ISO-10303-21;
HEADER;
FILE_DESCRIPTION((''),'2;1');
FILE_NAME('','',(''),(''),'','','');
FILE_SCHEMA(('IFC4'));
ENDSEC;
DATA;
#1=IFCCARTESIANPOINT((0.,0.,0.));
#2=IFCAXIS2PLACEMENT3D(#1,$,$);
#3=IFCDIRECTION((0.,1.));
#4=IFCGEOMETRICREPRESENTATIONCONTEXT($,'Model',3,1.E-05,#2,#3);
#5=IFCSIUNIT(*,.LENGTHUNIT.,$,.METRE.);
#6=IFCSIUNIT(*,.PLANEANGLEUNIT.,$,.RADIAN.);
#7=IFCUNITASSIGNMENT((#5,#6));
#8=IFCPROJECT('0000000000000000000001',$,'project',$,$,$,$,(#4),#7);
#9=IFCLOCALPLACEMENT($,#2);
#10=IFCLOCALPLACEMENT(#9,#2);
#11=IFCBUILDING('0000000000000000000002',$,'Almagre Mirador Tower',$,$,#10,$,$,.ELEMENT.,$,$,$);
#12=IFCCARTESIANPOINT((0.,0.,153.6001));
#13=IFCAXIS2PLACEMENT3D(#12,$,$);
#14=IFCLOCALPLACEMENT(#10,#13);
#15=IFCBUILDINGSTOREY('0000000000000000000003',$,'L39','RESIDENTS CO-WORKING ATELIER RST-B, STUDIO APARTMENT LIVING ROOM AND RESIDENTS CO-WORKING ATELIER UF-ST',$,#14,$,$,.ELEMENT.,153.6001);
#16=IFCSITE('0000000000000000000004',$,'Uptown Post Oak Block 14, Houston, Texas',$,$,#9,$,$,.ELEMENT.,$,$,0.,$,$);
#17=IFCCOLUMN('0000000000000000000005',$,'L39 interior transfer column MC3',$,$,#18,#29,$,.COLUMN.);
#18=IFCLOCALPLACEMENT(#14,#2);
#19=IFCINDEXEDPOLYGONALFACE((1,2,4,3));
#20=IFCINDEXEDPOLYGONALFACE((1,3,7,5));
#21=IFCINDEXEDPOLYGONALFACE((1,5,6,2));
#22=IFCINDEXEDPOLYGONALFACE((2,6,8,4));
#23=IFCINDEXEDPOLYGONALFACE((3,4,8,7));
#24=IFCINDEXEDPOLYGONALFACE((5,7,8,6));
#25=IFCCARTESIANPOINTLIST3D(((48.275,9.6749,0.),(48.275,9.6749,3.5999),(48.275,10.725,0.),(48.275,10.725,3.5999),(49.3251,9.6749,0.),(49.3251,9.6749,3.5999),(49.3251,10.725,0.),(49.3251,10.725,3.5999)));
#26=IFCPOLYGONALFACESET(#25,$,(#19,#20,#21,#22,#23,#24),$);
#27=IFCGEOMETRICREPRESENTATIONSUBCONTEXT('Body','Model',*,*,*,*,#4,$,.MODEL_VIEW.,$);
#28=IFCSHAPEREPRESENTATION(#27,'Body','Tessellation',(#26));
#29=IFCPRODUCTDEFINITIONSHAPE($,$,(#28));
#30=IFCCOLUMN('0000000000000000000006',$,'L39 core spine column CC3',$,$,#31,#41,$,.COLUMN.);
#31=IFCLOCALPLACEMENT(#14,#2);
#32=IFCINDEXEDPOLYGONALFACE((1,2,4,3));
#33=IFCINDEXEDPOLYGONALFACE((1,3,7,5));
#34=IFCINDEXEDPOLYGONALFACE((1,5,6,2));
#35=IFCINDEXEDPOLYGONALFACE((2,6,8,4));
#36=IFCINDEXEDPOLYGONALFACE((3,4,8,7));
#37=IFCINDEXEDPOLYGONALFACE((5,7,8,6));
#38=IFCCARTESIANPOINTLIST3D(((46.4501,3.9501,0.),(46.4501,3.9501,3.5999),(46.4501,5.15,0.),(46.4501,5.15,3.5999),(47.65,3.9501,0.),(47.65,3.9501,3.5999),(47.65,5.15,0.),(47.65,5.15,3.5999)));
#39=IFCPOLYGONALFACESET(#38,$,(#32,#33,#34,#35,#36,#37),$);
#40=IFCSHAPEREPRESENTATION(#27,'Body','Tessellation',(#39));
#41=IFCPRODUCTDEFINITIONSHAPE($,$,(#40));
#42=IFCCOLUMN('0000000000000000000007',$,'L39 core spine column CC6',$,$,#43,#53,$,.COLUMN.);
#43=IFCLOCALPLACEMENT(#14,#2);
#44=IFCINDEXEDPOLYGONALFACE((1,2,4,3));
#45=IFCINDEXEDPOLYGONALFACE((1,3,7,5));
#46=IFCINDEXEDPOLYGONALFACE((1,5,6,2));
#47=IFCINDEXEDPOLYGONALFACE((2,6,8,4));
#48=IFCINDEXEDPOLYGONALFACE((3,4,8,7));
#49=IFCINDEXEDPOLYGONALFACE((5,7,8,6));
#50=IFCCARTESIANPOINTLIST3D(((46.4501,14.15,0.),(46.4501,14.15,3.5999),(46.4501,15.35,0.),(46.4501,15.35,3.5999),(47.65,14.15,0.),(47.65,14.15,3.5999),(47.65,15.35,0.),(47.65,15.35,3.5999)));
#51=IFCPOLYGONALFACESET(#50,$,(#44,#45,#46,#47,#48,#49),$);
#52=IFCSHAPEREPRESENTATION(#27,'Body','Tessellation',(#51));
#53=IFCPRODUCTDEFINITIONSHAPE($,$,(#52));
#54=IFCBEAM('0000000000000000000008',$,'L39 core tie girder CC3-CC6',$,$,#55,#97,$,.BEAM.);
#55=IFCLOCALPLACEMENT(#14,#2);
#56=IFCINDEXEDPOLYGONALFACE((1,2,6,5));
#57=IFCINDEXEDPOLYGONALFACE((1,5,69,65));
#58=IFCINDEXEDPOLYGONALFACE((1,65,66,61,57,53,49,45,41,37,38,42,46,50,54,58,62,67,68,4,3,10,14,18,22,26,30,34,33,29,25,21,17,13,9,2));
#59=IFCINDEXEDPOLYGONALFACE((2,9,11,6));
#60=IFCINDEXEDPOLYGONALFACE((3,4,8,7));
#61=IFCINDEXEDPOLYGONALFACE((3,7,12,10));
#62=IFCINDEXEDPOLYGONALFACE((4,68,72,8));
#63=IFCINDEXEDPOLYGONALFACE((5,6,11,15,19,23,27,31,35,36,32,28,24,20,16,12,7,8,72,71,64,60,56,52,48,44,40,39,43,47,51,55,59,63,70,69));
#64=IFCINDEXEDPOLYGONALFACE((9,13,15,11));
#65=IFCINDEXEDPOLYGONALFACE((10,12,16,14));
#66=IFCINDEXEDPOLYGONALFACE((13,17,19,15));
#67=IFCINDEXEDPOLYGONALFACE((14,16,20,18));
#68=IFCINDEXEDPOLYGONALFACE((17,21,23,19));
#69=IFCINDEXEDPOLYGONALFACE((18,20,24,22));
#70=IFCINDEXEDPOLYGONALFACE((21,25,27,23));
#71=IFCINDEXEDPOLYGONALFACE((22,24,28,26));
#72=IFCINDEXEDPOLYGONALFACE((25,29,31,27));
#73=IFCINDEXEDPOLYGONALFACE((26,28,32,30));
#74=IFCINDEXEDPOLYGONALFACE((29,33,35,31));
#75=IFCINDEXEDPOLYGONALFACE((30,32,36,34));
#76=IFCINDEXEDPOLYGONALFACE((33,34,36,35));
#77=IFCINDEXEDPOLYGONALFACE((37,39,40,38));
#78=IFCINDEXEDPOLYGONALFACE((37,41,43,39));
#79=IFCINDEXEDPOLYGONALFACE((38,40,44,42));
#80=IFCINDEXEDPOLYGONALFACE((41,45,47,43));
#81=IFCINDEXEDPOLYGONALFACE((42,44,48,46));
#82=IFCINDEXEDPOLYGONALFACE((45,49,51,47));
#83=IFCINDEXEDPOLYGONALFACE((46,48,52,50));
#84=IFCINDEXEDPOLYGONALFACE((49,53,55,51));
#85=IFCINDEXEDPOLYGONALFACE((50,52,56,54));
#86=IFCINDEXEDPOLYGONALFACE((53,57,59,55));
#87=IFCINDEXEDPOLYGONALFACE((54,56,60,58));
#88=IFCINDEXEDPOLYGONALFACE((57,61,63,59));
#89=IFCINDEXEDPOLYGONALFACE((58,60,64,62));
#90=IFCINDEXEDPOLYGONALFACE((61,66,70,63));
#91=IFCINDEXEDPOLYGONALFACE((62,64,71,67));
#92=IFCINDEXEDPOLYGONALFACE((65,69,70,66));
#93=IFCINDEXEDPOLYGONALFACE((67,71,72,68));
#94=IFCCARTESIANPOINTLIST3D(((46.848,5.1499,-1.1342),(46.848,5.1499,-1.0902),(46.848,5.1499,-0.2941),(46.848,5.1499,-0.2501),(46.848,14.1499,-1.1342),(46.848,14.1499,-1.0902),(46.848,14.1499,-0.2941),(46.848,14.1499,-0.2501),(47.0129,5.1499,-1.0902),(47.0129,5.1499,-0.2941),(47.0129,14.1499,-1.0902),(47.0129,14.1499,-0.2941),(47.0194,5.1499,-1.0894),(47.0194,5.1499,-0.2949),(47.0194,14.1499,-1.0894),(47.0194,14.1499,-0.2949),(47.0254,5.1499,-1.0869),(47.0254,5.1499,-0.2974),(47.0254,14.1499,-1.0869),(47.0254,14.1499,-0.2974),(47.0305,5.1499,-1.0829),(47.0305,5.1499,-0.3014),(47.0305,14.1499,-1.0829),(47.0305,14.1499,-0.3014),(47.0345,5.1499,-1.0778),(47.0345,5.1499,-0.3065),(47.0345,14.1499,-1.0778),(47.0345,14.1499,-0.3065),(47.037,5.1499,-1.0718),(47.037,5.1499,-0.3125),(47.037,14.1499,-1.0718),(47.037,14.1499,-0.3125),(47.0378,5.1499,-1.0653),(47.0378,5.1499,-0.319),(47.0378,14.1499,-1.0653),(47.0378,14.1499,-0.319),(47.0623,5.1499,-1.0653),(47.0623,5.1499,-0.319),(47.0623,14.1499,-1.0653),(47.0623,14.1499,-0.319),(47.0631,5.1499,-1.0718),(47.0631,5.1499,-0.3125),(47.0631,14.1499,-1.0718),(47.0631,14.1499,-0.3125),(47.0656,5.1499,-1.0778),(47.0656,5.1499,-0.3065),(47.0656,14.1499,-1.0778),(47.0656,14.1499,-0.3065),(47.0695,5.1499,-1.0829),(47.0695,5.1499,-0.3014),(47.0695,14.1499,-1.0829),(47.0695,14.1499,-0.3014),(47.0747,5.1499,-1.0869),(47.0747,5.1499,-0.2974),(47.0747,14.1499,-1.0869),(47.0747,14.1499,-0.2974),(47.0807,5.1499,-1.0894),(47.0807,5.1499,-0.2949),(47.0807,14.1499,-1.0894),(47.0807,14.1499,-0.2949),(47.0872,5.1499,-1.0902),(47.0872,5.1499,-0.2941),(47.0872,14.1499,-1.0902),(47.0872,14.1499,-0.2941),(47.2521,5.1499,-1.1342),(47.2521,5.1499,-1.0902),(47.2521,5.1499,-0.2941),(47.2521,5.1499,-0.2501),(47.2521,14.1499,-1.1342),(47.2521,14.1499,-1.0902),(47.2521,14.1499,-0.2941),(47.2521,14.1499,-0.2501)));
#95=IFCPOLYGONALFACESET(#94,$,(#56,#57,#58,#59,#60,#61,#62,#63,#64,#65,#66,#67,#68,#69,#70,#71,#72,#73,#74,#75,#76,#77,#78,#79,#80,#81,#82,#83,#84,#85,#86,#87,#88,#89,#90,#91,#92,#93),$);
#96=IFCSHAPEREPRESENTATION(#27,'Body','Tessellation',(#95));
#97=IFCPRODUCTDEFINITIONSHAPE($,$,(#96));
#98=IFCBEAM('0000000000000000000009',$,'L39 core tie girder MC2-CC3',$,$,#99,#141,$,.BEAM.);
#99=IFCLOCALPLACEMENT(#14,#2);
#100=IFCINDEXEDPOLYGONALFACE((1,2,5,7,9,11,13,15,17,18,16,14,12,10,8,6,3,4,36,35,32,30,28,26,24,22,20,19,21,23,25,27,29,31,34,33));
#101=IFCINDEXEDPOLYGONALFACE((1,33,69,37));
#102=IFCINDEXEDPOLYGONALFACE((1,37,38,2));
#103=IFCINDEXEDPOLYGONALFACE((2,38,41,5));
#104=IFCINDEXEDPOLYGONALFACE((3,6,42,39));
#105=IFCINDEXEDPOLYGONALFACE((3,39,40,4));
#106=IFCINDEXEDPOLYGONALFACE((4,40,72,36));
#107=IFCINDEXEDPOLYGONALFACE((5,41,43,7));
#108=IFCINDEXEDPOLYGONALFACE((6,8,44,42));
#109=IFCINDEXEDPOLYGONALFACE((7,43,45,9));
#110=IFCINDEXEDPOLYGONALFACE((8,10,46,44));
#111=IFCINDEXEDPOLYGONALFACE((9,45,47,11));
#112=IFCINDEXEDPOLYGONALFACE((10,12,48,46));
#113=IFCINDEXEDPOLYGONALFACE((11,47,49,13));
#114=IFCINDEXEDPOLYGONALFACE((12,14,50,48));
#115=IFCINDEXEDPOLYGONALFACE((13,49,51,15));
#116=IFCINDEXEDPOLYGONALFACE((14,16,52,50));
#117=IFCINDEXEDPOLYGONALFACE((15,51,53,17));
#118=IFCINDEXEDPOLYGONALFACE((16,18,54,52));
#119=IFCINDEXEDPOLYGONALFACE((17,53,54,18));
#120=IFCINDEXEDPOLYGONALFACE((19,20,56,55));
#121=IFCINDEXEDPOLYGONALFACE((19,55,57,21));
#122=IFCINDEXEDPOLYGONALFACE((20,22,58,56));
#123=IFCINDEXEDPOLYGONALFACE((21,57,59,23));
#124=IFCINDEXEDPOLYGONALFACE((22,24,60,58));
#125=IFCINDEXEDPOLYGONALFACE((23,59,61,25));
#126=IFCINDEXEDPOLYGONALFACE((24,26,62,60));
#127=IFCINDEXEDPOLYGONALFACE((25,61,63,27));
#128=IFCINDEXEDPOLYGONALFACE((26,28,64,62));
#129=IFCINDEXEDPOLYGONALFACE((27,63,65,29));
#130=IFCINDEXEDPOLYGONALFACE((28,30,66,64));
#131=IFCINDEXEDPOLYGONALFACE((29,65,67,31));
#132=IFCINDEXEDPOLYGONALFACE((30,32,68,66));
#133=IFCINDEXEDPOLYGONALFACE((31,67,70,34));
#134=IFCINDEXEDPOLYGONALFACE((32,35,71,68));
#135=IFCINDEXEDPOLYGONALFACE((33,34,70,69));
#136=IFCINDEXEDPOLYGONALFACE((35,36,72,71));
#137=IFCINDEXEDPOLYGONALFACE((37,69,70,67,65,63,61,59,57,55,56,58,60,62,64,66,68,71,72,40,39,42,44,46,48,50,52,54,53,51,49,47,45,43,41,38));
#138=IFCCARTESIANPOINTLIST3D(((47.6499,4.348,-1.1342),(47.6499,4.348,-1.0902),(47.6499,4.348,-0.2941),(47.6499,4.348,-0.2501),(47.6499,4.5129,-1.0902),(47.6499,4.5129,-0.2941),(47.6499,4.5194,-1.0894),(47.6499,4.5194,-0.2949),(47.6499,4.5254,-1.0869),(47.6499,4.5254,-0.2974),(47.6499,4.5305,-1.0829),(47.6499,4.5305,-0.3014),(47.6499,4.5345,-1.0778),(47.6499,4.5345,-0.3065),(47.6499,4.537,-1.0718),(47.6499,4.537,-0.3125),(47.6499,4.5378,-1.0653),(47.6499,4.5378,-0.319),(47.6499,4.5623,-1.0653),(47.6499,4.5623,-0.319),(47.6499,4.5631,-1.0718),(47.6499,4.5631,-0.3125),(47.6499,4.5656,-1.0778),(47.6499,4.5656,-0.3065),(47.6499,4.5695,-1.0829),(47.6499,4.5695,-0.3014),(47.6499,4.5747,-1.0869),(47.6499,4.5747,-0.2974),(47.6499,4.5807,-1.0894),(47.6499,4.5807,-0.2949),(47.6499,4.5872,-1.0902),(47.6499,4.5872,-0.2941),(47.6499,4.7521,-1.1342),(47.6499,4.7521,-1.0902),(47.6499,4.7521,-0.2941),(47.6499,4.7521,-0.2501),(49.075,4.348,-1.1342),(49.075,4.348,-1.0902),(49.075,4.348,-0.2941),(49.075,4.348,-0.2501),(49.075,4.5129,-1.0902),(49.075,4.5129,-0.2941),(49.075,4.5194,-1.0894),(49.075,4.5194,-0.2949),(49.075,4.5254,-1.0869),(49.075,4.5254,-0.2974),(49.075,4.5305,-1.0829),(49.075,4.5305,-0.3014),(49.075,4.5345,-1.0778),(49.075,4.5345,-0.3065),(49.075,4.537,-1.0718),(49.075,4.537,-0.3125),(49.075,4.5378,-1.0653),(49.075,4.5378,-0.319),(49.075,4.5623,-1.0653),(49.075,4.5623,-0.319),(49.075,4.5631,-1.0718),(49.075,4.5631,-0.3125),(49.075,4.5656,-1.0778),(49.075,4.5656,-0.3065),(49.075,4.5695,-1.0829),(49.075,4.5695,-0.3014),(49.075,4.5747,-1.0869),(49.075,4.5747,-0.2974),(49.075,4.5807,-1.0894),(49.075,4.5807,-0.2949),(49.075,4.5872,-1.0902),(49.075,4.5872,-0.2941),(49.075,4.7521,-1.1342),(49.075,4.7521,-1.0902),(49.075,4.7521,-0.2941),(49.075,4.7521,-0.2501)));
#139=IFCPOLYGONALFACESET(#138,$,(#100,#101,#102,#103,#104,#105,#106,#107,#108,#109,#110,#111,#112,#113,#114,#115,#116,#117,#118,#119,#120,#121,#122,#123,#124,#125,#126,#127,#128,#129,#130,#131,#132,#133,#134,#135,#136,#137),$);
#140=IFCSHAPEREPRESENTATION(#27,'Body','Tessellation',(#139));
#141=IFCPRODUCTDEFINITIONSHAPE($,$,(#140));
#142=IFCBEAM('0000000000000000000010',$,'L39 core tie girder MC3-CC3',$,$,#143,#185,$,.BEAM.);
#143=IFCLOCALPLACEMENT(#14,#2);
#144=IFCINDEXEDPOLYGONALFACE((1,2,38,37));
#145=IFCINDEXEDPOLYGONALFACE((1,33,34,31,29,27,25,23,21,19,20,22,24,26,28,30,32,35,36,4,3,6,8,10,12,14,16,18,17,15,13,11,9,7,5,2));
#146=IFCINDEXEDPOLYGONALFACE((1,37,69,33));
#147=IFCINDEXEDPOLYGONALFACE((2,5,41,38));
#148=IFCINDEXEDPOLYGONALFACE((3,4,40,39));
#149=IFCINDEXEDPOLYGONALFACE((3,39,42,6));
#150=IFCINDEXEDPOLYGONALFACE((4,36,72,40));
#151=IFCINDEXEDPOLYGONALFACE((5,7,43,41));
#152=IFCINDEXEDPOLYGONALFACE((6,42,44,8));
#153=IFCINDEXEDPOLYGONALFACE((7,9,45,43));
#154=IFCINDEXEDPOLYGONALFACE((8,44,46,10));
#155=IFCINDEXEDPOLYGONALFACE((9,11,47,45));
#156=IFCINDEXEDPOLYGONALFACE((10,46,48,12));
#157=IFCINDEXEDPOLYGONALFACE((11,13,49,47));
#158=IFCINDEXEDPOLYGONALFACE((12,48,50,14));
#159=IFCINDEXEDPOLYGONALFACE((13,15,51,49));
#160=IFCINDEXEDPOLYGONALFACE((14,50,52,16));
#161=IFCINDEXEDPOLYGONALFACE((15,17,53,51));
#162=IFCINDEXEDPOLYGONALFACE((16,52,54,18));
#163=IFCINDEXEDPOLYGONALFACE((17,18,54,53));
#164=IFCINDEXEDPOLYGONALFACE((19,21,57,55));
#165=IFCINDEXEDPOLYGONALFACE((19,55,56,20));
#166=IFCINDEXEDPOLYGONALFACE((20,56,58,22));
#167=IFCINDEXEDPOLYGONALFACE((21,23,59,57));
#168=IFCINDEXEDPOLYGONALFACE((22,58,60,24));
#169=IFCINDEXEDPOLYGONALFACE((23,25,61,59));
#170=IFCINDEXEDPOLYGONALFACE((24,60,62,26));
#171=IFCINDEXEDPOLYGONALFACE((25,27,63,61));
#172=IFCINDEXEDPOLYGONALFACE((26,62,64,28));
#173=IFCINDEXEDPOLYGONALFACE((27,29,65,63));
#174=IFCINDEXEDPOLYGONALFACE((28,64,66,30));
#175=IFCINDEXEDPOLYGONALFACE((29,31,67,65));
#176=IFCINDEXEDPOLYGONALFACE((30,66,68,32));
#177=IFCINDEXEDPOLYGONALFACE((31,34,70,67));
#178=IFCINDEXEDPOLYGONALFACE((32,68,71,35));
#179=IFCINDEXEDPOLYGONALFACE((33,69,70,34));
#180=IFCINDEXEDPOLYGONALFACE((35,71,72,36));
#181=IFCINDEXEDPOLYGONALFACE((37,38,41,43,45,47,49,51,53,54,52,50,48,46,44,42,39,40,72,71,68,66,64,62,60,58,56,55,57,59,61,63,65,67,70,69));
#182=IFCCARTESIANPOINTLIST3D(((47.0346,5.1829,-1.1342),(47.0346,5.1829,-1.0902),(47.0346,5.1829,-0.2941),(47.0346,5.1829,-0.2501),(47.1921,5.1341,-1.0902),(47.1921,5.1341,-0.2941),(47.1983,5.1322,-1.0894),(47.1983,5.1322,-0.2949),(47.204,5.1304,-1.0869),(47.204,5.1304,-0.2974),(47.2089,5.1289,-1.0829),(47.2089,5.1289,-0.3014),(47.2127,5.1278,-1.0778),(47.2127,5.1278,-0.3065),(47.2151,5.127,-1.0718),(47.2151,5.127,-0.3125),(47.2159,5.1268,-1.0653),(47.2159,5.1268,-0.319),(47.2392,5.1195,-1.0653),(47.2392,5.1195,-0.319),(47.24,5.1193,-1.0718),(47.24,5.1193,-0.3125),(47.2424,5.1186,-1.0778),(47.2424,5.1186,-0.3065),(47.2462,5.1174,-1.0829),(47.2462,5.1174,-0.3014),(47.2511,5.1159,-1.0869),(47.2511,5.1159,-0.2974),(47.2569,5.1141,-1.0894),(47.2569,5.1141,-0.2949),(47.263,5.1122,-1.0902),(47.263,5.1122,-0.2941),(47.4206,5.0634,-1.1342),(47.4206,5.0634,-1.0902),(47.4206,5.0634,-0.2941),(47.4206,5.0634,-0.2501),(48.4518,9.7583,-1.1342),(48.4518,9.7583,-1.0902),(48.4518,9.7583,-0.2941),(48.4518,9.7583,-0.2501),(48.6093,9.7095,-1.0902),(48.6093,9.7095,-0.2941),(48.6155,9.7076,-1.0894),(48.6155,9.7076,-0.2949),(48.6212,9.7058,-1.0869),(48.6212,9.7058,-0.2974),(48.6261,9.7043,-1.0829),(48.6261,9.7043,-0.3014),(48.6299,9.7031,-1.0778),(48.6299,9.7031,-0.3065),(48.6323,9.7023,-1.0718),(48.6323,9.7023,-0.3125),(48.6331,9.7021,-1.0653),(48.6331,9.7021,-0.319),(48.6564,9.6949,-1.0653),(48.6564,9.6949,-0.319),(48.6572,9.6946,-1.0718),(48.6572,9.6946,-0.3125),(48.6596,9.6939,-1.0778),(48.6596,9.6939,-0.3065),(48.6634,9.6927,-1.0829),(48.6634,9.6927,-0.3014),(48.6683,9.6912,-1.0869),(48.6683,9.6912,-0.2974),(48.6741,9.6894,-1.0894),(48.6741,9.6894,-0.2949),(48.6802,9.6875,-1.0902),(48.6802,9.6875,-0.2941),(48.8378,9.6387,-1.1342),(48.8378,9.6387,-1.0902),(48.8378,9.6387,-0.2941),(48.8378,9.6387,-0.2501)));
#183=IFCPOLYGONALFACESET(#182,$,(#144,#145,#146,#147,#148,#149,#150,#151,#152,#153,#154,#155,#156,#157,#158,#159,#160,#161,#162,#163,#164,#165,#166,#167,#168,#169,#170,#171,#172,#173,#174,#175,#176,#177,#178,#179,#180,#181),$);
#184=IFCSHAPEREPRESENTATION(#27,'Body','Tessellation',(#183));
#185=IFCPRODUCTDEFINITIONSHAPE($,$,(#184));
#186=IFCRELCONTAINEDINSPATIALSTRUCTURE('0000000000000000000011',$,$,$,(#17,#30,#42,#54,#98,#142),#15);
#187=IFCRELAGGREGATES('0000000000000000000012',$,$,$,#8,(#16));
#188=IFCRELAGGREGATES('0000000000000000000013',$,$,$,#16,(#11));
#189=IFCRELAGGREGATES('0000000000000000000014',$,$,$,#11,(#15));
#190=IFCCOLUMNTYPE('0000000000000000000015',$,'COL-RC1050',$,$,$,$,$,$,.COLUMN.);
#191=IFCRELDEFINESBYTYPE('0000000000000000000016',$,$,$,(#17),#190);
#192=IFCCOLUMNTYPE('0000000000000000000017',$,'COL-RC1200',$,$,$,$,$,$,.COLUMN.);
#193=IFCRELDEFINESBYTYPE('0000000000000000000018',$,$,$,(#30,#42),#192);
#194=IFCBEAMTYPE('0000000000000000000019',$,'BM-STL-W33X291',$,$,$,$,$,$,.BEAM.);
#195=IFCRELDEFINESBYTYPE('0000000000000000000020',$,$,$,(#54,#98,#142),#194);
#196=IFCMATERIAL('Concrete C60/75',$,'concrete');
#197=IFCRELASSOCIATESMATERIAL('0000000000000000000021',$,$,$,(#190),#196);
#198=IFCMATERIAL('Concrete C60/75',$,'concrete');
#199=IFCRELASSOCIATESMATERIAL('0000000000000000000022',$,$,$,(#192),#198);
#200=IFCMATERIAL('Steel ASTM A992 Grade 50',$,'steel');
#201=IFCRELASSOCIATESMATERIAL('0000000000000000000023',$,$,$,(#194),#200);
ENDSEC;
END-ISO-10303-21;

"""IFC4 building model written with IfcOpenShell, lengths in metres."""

from ifc_helpers import new_model, si_unit, direction, frame, origin, origin_2d, place, context, subcontext, project, spatial, rectangle, i_section, extrude, material, material_profile, profile_set, type_object, element, save


model = new_model("IFC4")

# Units and contexts
model_context = context("Model", 3, precision=1e-05, world=origin(), true_north=direction((0.0, 1.0)))
body_context = subcontext(model_context, "Body", "Model", "MODEL_VIEW")
ifc_project = project(units=[si_unit("LENGTHUNIT", "METRE"), si_unit("PLANEANGLEUNIT", "RADIAN")], contexts=[model_context])

# Site, building, storey
site_placement = place(None, origin())
site = spatial("IfcSite", under=ifc_project, at=site_placement, Name="Uptown Post Oak Block 14, Houston, Texas", CompositionType="ELEMENT", RefElevation=0.0)
building_placement = place(site_placement, origin())
building = spatial("IfcBuilding", under=site, at=building_placement, Name="Almagre Mirador Tower", CompositionType="ELEMENT")
storey_placement = place(building_placement, frame((0.0, 0.0, 153.6001)))
storey = spatial("IfcBuildingStorey", under=building, at=storey_placement, Name="L39", Description="RESIDENTS CO-WORKING ATELIER RST-B, STUDIO APARTMENT LIVING ROOM AND RESIDENTS CO-WORKING ATELIER UF-ST", CompositionType="ELEMENT", Elevation=153.6001)

# Columns
ifc_material_1 = material(Name="Concrete C60/75", Category="concrete")
ifc_material_profile_1 = material_profile(ifc_material_1, rectangle(XDim=1.05, YDim=1.05, at=origin_2d()), Name="RC1050X1050")
ifc_profile_set_1 = profile_set([ifc_material_profile_1], Name="Concrete C60/75")
column_type_1 = type_object("IfcColumnType", Name="COL-RC1050", PredefinedType="COLUMN", material=ifc_profile_set_1)
column_placement = place(storey_placement, frame((48.8, 10.2, 0.0), z_axis=(0.0, 0.0, 1.0), x_axis=(1.0, 0.0, 0.0)))
element("IfcColumn", 1, at=column_placement, inside=storey, type_object=column_type_1, Name="L39 interior transfer column MC3", PredefinedType="COLUMN", context=body_context, shape_type="SweptSolid", body=[
    extrude(rectangle(XDim=1.05, YDim=1.05, at=origin_2d()), origin(), (0.0, 0.0, 1.0), 3.5999),
])
ifc_material_2 = material(Name="Concrete C60/75", Category="concrete")
ifc_material_profile_2 = material_profile(ifc_material_2, rectangle(XDim=1.2, YDim=1.2, at=origin_2d()), Name="RC1200X1200")
ifc_profile_set_2 = profile_set([ifc_material_profile_2], Name="Concrete C60/75")
column_type_2 = type_object("IfcColumnType", Name="COL-RC1200", PredefinedType="COLUMN", material=ifc_profile_set_2)
for number, where, z_axis, x_axis, name in (
    (2, (47.05, 4.55, 0.0), (0.0, 0.0, 1.0), (1.0, 0.0, 0.0), "L39 core spine column CC3"),
    (3, (47.05, 14.75, 0.0), (0.0, 0.0, 1.0), (1.0, 0.0, 0.0), "L39 core spine column CC6"),
):
    element("IfcColumn", number, at=place(storey_placement, frame(where, z_axis=z_axis, x_axis=x_axis)), inside=storey, type_object=column_type_2, Name=name, PredefinedType="COLUMN", context=body_context, shape_type="SweptSolid", body=[
        extrude(rectangle(XDim=1.2, YDim=1.2, at=origin_2d()), origin(), (0.0, 0.0, 1.0), 3.5999),
    ])

# Beams
ifc_material_3 = material(Name="Steel ASTM A992 Grade 50", Category="steel")
ifc_material_profile_3 = material_profile(ifc_material_3, i_section(OverallWidth=0.4041, OverallDepth=0.884, WebThickness=0.0244, FlangeThickness=0.0439, FilletRadius=0.0249, at=origin_2d()), Name="W33X291")
ifc_profile_set_3 = profile_set([ifc_material_profile_3], Name="Steel ASTM A992 Grade 50")
beam_type = type_object("IfcBeamType", Name="BM-STL-W33X291", PredefinedType="BEAM", material=ifc_profile_set_3)
beam_1_placement = place(storey_placement, frame((47.05, 5.1499, -0.6921), z_axis=(0.0, 1.0, 0.0), x_axis=(-1.0, 0.0, 0.0)))
element("IfcBeam", 4, at=beam_1_placement, inside=storey, type_object=beam_type, Name="L39 core tie girder CC3-CC6", PredefinedType="BEAM", context=body_context, shape_type="SweptSolid", body=[
    extrude(i_section(OverallWidth=0.4041, OverallDepth=0.884, WebThickness=0.0244, FlangeThickness=0.0439, FilletRadius=0.0249, at=origin_2d()), origin(), (0.0, 0.0, 1.0), 9.0),
])
beam_2_placement = place(storey_placement, frame((49.075, 4.55, -0.6921), z_axis=(-1.0, 0.0, 0.0), x_axis=(0.0, -1.0, 0.0)))
element("IfcBeam", 5, at=beam_2_placement, inside=storey, type_object=beam_type, Name="L39 core tie girder MC2-CC3", PredefinedType="BEAM", context=body_context, shape_type="SweptSolid", body=[
    extrude(i_section(OverallWidth=0.4041, OverallDepth=0.884, WebThickness=0.0244, FlangeThickness=0.0439, FilletRadius=0.0249, at=origin_2d()), origin(), (0.0, 0.0, 1.0), 1.425),
])
beam_3_placement = place(storey_placement, frame((48.6448, 9.6985, -0.6921), z_axis=(-0.29588, -0.955225, 0.0), x_axis=(0.955225, -0.29588, 0.0)))
element("IfcBeam", 6, at=beam_3_placement, inside=storey, type_object=beam_type, Name="L39 core tie girder MC3-CC3", PredefinedType="BEAM", context=body_context, shape_type="SweptSolid", body=[
    extrude(i_section(OverallWidth=0.4041, OverallDepth=0.884, WebThickness=0.0244, FlangeThickness=0.0439, FilletRadius=0.0249, at=origin_2d()), origin(), (0.0, 0.0, 1.0), 4.7898),
])

save(model, "model.ifc")
